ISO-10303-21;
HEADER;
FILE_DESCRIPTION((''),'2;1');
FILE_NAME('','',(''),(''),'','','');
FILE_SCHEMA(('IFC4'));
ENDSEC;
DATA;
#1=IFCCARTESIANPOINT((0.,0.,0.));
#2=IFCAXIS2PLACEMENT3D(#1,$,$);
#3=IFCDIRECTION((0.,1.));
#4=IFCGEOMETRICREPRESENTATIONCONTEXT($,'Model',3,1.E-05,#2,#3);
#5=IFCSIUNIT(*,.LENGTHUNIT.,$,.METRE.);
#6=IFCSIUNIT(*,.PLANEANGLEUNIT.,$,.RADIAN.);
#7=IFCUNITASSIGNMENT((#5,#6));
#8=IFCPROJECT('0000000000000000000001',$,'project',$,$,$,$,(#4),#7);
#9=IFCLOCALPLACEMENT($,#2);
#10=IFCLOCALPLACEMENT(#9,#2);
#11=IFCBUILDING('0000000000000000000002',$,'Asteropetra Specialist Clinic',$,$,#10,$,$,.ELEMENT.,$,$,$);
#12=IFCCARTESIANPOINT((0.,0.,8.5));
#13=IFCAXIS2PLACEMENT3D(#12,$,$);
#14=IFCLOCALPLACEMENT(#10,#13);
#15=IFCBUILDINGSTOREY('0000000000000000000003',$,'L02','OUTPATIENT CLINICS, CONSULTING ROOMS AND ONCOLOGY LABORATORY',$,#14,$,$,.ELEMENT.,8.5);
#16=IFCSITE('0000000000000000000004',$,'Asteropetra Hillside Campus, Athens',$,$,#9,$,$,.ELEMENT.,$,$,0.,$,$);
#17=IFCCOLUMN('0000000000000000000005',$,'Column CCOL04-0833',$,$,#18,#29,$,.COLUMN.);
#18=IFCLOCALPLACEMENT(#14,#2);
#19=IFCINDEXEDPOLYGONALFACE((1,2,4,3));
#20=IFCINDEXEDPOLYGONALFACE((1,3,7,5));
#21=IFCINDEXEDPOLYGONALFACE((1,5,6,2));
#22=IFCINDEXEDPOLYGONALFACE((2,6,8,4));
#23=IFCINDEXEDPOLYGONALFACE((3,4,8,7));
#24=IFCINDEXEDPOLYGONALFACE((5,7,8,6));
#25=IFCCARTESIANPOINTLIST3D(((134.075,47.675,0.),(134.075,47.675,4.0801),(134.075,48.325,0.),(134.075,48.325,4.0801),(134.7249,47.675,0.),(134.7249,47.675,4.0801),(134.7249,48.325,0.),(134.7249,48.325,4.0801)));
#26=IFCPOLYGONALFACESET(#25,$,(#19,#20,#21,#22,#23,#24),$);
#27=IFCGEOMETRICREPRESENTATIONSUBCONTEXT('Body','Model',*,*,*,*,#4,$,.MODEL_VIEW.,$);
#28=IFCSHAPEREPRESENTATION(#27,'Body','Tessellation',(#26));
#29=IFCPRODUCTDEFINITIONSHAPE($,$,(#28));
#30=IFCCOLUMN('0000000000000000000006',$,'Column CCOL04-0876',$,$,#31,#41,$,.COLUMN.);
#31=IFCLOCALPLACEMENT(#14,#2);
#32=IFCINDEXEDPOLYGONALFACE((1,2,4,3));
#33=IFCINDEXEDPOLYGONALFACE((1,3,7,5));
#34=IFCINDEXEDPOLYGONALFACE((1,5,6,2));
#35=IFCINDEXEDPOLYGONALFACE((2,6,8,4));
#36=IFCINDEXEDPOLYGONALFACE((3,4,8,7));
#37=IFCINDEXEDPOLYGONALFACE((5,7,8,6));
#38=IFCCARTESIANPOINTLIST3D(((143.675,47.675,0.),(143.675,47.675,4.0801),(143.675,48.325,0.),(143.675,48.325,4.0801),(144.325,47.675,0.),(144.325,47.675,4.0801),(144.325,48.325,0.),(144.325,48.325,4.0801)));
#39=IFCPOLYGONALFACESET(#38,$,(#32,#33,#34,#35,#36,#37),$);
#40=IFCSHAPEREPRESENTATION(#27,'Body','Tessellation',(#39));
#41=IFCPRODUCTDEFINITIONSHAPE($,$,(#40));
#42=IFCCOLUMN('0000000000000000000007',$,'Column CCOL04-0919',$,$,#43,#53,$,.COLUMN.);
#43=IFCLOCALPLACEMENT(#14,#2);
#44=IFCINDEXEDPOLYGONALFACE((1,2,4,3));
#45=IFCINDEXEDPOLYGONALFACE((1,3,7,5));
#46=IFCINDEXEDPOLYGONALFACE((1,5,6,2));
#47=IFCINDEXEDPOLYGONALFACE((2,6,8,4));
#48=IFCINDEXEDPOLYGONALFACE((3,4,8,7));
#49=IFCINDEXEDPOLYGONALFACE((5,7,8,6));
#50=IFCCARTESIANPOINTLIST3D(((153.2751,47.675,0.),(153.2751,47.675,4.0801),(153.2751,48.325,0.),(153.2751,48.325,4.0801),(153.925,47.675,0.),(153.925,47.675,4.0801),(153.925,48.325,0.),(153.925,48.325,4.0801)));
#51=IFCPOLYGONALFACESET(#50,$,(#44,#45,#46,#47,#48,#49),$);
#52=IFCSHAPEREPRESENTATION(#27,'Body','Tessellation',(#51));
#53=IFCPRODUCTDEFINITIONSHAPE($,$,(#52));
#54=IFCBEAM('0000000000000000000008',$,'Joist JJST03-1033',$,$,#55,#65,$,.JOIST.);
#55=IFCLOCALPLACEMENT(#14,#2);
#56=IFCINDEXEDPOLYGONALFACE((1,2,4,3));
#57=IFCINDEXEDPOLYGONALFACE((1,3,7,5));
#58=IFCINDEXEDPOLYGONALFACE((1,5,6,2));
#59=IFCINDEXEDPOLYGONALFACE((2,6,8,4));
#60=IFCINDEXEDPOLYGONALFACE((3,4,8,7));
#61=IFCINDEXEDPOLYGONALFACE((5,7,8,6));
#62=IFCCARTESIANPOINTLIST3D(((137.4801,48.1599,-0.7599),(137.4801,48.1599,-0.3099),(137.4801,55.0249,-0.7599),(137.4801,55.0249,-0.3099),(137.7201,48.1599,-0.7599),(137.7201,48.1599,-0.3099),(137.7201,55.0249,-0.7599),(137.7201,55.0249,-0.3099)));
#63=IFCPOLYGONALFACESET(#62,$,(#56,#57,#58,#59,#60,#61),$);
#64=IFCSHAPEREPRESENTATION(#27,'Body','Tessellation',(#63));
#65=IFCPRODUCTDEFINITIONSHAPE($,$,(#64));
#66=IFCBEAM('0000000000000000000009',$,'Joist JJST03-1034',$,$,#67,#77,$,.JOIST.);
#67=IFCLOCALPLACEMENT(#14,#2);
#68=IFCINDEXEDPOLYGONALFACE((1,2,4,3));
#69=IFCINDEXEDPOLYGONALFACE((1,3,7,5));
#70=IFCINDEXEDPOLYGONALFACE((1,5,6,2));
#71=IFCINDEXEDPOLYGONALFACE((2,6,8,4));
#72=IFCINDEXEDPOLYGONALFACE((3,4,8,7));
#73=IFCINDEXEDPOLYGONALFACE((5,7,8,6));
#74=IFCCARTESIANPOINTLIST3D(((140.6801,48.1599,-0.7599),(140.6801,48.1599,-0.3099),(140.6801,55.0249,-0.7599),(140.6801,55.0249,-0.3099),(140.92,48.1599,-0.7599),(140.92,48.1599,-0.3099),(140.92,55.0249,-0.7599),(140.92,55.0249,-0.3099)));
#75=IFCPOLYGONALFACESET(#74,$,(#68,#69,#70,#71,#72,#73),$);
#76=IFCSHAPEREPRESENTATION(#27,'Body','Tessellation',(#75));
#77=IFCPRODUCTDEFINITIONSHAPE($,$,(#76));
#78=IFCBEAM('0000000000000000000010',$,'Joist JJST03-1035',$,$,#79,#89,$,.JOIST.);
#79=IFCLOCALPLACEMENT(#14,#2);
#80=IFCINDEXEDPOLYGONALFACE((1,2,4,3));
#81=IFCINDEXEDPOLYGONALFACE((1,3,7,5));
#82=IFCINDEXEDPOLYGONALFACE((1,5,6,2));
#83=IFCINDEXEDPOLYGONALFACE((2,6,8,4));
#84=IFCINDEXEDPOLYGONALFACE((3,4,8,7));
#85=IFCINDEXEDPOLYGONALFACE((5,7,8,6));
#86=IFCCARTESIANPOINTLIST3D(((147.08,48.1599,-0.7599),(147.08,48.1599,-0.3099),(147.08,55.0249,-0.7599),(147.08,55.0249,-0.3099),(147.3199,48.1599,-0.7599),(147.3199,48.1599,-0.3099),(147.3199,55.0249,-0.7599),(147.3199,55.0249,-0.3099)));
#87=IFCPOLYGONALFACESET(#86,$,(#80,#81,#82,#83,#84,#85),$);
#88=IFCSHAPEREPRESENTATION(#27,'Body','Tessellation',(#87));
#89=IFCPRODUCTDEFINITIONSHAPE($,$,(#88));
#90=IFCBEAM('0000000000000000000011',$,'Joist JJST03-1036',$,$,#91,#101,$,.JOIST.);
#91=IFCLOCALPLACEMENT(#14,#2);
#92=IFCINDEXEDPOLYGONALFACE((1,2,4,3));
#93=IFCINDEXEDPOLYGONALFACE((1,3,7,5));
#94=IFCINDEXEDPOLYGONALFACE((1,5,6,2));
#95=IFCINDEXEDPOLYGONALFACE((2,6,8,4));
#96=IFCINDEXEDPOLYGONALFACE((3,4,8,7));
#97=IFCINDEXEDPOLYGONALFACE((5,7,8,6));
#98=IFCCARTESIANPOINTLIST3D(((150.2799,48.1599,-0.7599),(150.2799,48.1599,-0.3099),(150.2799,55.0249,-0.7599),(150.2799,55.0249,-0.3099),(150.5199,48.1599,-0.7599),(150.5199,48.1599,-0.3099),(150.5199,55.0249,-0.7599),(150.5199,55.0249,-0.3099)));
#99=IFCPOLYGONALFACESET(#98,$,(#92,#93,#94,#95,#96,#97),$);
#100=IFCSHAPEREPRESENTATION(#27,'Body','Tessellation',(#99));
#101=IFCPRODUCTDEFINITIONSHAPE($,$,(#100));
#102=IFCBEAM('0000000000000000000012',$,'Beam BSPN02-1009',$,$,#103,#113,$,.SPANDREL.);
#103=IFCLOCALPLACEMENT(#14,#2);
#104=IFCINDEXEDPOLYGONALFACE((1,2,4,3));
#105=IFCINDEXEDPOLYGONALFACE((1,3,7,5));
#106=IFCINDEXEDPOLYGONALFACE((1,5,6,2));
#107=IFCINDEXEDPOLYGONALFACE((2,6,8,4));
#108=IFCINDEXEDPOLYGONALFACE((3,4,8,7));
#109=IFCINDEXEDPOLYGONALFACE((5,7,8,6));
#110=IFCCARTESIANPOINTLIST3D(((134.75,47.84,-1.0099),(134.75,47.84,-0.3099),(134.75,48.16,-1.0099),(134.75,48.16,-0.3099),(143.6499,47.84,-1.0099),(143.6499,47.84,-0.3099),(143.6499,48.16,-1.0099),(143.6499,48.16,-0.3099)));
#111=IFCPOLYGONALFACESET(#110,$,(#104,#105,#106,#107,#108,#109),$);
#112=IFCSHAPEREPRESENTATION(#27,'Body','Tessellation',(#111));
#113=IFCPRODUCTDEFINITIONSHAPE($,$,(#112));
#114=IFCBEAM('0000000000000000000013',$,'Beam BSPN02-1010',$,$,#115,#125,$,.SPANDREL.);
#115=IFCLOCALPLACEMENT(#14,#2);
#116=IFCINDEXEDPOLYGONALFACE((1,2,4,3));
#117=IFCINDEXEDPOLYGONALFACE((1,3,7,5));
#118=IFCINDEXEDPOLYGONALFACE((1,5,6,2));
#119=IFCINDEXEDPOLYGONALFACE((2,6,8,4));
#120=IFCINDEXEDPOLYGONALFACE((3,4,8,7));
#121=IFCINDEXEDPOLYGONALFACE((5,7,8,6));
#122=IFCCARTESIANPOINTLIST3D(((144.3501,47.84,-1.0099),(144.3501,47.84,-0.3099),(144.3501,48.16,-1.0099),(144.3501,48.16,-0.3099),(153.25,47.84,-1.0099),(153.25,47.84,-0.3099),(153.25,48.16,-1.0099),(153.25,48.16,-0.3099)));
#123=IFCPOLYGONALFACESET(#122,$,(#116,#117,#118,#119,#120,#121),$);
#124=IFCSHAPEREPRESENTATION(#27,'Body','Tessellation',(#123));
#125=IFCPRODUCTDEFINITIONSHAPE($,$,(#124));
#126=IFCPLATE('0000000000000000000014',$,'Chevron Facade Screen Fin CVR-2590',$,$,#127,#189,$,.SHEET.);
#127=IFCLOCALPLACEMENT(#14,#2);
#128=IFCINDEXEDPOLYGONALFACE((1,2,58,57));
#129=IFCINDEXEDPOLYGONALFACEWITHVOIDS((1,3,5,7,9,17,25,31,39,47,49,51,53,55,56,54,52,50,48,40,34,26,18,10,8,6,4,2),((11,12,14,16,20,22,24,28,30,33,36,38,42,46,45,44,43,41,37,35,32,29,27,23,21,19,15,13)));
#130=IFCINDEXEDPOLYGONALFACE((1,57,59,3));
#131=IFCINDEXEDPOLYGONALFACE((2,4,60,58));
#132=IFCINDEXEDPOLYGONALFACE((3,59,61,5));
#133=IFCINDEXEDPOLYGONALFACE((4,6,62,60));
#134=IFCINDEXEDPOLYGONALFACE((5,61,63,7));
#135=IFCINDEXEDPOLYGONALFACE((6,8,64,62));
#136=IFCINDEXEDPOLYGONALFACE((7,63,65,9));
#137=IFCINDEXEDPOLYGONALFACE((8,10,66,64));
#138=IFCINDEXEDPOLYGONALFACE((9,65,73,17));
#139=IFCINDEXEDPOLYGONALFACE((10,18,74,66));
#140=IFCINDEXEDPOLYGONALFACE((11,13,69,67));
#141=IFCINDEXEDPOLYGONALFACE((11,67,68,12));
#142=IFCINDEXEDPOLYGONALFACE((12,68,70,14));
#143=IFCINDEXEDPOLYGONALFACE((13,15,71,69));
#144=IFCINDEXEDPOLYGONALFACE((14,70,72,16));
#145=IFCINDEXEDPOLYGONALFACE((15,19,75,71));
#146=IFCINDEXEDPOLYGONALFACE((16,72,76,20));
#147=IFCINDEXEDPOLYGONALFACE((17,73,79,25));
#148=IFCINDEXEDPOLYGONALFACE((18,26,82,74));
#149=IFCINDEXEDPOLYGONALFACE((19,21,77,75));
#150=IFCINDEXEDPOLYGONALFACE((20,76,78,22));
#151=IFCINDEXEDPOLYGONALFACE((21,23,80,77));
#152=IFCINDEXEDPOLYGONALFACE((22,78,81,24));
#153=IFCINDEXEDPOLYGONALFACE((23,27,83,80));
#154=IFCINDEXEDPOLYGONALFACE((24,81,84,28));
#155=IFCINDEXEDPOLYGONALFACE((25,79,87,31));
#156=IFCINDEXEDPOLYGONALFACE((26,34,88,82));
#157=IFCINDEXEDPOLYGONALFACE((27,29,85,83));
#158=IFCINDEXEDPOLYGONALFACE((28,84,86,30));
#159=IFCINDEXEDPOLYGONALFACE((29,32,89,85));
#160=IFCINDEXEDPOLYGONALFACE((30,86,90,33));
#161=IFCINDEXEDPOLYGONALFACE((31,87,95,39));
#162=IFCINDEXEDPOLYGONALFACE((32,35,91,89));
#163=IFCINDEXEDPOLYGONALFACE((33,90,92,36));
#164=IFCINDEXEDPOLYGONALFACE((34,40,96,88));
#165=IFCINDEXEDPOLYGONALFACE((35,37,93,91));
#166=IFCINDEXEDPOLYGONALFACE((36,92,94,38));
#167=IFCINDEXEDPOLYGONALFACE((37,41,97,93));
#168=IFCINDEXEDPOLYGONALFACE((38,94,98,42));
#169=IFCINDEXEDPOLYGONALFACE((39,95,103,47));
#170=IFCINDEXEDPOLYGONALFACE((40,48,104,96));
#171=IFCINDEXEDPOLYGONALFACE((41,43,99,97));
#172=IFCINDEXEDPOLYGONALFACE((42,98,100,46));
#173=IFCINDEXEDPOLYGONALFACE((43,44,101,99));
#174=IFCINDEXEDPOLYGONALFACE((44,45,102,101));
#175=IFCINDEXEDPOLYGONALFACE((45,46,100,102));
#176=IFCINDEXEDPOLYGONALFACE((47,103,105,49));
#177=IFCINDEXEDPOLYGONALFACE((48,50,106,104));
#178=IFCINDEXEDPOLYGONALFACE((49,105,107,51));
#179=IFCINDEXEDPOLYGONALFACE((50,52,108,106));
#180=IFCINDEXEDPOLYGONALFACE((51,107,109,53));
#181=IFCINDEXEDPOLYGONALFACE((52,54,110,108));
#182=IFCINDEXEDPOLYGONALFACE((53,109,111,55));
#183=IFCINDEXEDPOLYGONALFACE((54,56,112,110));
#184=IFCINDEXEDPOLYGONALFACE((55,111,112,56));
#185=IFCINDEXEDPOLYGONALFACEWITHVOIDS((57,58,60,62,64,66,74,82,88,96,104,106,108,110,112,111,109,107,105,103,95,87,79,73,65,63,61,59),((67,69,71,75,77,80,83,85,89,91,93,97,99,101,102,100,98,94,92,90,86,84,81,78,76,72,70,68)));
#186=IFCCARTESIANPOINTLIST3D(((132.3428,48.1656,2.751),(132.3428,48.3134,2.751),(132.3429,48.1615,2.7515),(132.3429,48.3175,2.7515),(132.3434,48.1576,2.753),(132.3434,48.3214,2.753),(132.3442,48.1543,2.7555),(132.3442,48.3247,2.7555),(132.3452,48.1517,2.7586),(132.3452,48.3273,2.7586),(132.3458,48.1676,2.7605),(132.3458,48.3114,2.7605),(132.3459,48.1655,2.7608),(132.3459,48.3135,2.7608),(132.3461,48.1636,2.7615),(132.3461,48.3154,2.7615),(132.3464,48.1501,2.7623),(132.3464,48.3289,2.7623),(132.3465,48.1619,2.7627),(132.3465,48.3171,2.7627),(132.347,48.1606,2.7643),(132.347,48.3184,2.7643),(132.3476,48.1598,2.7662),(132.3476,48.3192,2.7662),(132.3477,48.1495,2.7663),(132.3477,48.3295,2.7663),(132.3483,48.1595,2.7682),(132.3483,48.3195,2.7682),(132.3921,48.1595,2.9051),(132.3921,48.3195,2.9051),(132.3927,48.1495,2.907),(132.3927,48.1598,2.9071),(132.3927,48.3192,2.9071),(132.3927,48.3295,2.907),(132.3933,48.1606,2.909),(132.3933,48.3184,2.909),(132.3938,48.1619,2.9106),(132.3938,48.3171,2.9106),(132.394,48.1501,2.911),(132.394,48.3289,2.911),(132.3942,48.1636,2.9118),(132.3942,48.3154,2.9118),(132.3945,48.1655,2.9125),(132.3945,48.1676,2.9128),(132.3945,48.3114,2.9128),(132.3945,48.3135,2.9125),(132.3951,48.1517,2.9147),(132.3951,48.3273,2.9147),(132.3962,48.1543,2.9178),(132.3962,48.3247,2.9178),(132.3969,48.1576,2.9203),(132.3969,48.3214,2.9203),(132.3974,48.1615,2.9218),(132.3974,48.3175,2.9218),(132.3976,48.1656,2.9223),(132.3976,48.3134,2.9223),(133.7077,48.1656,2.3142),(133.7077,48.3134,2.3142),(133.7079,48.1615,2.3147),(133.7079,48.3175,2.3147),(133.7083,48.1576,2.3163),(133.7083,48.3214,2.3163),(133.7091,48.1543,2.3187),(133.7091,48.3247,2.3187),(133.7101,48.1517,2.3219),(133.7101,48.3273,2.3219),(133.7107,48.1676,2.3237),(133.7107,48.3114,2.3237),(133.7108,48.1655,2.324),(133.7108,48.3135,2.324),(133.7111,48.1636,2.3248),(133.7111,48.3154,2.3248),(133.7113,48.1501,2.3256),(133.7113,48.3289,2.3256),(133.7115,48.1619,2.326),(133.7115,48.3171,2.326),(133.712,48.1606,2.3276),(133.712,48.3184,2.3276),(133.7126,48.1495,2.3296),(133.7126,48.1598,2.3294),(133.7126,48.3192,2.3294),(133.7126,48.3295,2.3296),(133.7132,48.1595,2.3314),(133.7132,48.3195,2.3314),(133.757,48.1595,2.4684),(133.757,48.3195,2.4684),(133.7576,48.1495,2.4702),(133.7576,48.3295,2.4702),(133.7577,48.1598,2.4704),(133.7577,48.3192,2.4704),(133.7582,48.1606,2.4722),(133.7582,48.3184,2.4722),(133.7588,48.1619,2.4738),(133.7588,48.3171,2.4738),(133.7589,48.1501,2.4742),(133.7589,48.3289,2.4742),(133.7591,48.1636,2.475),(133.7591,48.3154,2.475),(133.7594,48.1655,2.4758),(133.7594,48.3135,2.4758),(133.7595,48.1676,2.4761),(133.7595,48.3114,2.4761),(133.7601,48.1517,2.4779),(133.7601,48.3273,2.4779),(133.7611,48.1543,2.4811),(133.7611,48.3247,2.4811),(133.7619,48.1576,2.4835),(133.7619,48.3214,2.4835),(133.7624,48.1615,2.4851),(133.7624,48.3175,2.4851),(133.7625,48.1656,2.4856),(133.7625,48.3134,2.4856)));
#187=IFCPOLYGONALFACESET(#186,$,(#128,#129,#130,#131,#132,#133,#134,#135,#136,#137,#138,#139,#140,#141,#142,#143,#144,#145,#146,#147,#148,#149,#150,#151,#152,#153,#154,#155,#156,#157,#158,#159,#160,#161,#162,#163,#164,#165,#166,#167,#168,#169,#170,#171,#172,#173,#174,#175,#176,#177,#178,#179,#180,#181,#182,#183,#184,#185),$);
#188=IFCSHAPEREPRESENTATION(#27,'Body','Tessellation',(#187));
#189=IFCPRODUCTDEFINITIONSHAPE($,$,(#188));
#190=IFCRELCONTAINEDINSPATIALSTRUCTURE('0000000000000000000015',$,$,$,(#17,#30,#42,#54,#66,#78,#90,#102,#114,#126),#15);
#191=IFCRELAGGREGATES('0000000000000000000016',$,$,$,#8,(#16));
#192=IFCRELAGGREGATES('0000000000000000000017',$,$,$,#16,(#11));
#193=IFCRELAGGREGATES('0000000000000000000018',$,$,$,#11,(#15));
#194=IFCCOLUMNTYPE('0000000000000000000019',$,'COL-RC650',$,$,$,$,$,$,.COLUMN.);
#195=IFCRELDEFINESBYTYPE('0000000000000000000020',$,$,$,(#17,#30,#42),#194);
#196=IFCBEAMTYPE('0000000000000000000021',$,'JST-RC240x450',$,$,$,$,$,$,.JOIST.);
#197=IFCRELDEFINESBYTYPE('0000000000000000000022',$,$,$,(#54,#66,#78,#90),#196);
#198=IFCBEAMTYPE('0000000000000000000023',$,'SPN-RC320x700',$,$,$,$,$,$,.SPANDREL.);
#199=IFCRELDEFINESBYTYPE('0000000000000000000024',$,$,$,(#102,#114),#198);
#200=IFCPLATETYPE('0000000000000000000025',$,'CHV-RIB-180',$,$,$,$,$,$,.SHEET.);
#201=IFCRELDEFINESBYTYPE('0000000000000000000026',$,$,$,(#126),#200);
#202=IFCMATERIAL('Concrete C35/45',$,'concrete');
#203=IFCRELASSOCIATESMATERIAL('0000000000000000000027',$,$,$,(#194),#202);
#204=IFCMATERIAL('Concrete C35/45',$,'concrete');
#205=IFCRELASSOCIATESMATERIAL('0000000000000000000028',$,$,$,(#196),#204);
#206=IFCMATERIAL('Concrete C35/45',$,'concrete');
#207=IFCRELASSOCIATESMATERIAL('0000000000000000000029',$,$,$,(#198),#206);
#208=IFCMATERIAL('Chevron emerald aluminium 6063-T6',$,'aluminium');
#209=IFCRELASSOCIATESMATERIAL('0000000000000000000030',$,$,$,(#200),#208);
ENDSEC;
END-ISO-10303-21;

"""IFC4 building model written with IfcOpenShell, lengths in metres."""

from ifc_helpers import new_model, si_unit, direction, frame, origin, origin_2d, place, context, subcontext, project, spatial, rectangle, hollow_rectangle, extrude, material, material_profile, profile_set, type_object, element, save


model = new_model("IFC4")

# Units and contexts
model_context = context("Model", 3, precision=1e-05, world=origin(), true_north=direction((0.0, 1.0)))
body_context = subcontext(model_context, "Body", "Model", "MODEL_VIEW")
ifc_project = project(units=[si_unit("LENGTHUNIT", "METRE"), si_unit("PLANEANGLEUNIT", "RADIAN")], contexts=[model_context])

# Site, building, storey
site_placement = place(None, origin())
site = spatial("IfcSite", under=ifc_project, at=site_placement, Name="Asteropetra Hillside Campus, Athens", CompositionType="ELEMENT", RefElevation=0.0)
building_placement = place(site_placement, origin())
building = spatial("IfcBuilding", under=site, at=building_placement, Name="Asteropetra Specialist Clinic", CompositionType="ELEMENT")
storey_placement = place(building_placement, frame((0.0, 0.0, 8.5)))
storey = spatial("IfcBuildingStorey", under=building, at=storey_placement, Name="L02", Description="OUTPATIENT CLINICS, CONSULTING ROOMS AND ONCOLOGY LABORATORY", CompositionType="ELEMENT", Elevation=8.5)

# Columns
ifc_material_1 = material(Name="Concrete C35/45", Category="concrete")
ifc_material_profile_1 = material_profile(ifc_material_1, rectangle(XDim=0.6499, YDim=0.6499, at=origin_2d()), Name="RC 650x650")
ifc_profile_set_1 = profile_set([ifc_material_profile_1], Name="Concrete C35/45")
column_type = type_object("IfcColumnType", Name="COL-RC650", PredefinedType="COLUMN", material=ifc_profile_set_1)
for number, where, z_axis, x_axis, name in (
    (1, (134.3999, 48.0, 0.0), (0.0, 0.0, 1.0), (1.0, 0.0, 0.0), "Column CCOL04-0833"),
    (2, (144.0, 48.0, 0.0), (0.0, 0.0, 1.0), (1.0, 0.0, 0.0), "Column CCOL04-0876"),
    (3, (153.6001, 48.0, 0.0), (0.0, 0.0, 1.0), (1.0, 0.0, 0.0), "Column CCOL04-0919"),
):
    element("IfcColumn", number, at=place(storey_placement, frame(where, z_axis=z_axis, x_axis=x_axis)), inside=storey, type_object=column_type, Name=name, PredefinedType="COLUMN", context=body_context, shape_type="SweptSolid", body=[
        extrude(rectangle(XDim=0.6499, YDim=0.6499, at=origin_2d()), origin(), (0.0, 0.0, 1.0), 4.0801),
    ])

# Beams
ifc_material_2 = material(Name="Concrete C35/45", Category="concrete")
ifc_material_profile_2 = material_profile(ifc_material_2, rectangle(XDim=0.24, YDim=0.45, at=origin_2d()), Name="RCJ 240x450")
ifc_profile_set_2 = profile_set([ifc_material_profile_2], Name="Concrete C35/45")
beam_type_1 = type_object("IfcBeamType", Name="JST-RC240x450", PredefinedType="JOIST", material=ifc_profile_set_2)
for number, where, z_axis, x_axis, name in (
    (4, (137.6001, 48.1599, -0.5349), (0.0, 1.0, 0.0), (-1.0, 0.0, 0.0), "Joist JJST03-1033"),
    (5, (140.8, 48.1599, -0.5349), (0.0, 1.0, 0.0), (-1.0, 0.0, 0.0), "Joist JJST03-1034"),
    (6, (147.2, 48.1599, -0.5349), (0.0, 1.0, 0.0), (-1.0, 0.0, 0.0), "Joist JJST03-1035"),
    (7, (150.3999, 48.1599, -0.5349), (0.0, 1.0, 0.0), (-1.0, 0.0, 0.0), "Joist JJST03-1036"),
):
    element("IfcBeam", number, at=place(storey_placement, frame(where, z_axis=z_axis, x_axis=x_axis)), inside=storey, type_object=beam_type_1, Name=name, PredefinedType="JOIST", context=body_context, shape_type="SweptSolid", body=[
        extrude(rectangle(XDim=0.24, YDim=0.45, at=origin_2d()), origin(), (0.0, 0.0, 1.0), 6.865),
    ])
ifc_material_3 = material(Name="Concrete C35/45", Category="concrete")
ifc_material_profile_3 = material_profile(ifc_material_3, rectangle(XDim=0.3201, YDim=0.7, at=origin_2d()), Name="RCS 320x700")
ifc_profile_set_3 = profile_set([ifc_material_profile_3], Name="Concrete C35/45")
beam_type_2 = type_object("IfcBeamType", Name="SPN-RC320x700", PredefinedType="SPANDREL", material=ifc_profile_set_3)
for number, where, z_axis, x_axis, name in (
    (8, (134.75, 48.0, -0.6599), (1.0, 0.0, 0.0), (0.0, 1.0, 0.0), "Beam BSPN02-1009"),
    (9, (144.3501, 48.0, -0.6599), (1.0, 0.0, 0.0), (0.0, 1.0, 0.0), "Beam BSPN02-1010"),
):
    element("IfcBeam", number, at=place(storey_placement, frame(where, z_axis=z_axis, x_axis=x_axis)), inside=storey, type_object=beam_type_2, Name=name, PredefinedType="SPANDREL", context=body_context, shape_type="SweptSolid", body=[
        extrude(rectangle(XDim=0.3201, YDim=0.7, at=origin_2d()), origin(), (0.0, 0.0, 1.0), 8.8999),
    ])

# Plate
ifc_material_4 = material(Name="Chevron emerald aluminium 6063-T6", Category="aluminium")
ifc_material_profile_4 = material_profile(ifc_material_4, hollow_rectangle(XDim=0.1799, YDim=0.1799, WallThickness=0.01, InnerFilletRadius=0.0081, OuterFilletRadius=0.0161, at=origin_2d()), Name="SHS 180x180x10.0")
ifc_profile_set_4 = profile_set([ifc_material_profile_4], Name="Chevron emerald aluminium 6063-T6")
plate_type = type_object("IfcPlateType", Name="CHV-RIB-180", PredefinedType="SHEET", material=ifc_profile_set_4)
plate_placement = place(storey_placement, frame((133.7351, 48.2395, 2.3999), z_axis=(-0.95243, 0.0, 0.304757), x_axis=(0.0, -1.0, 0.0)))
element("IfcPlate", 10, at=plate_placement, inside=storey, type_object=plate_type, Name="Chevron Facade Screen Fin CVR-2590", PredefinedType="SHEET", context=body_context, shape_type="SweptSolid", body=[
    extrude(hollow_rectangle(XDim=0.1799, YDim=0.1799, WallThickness=0.01, InnerFilletRadius=0.0081, OuterFilletRadius=0.0161, at=origin_2d()), origin(), (0.0, 0.0, 1.0), 1.4331),
])

save(model, "model.ifc")
